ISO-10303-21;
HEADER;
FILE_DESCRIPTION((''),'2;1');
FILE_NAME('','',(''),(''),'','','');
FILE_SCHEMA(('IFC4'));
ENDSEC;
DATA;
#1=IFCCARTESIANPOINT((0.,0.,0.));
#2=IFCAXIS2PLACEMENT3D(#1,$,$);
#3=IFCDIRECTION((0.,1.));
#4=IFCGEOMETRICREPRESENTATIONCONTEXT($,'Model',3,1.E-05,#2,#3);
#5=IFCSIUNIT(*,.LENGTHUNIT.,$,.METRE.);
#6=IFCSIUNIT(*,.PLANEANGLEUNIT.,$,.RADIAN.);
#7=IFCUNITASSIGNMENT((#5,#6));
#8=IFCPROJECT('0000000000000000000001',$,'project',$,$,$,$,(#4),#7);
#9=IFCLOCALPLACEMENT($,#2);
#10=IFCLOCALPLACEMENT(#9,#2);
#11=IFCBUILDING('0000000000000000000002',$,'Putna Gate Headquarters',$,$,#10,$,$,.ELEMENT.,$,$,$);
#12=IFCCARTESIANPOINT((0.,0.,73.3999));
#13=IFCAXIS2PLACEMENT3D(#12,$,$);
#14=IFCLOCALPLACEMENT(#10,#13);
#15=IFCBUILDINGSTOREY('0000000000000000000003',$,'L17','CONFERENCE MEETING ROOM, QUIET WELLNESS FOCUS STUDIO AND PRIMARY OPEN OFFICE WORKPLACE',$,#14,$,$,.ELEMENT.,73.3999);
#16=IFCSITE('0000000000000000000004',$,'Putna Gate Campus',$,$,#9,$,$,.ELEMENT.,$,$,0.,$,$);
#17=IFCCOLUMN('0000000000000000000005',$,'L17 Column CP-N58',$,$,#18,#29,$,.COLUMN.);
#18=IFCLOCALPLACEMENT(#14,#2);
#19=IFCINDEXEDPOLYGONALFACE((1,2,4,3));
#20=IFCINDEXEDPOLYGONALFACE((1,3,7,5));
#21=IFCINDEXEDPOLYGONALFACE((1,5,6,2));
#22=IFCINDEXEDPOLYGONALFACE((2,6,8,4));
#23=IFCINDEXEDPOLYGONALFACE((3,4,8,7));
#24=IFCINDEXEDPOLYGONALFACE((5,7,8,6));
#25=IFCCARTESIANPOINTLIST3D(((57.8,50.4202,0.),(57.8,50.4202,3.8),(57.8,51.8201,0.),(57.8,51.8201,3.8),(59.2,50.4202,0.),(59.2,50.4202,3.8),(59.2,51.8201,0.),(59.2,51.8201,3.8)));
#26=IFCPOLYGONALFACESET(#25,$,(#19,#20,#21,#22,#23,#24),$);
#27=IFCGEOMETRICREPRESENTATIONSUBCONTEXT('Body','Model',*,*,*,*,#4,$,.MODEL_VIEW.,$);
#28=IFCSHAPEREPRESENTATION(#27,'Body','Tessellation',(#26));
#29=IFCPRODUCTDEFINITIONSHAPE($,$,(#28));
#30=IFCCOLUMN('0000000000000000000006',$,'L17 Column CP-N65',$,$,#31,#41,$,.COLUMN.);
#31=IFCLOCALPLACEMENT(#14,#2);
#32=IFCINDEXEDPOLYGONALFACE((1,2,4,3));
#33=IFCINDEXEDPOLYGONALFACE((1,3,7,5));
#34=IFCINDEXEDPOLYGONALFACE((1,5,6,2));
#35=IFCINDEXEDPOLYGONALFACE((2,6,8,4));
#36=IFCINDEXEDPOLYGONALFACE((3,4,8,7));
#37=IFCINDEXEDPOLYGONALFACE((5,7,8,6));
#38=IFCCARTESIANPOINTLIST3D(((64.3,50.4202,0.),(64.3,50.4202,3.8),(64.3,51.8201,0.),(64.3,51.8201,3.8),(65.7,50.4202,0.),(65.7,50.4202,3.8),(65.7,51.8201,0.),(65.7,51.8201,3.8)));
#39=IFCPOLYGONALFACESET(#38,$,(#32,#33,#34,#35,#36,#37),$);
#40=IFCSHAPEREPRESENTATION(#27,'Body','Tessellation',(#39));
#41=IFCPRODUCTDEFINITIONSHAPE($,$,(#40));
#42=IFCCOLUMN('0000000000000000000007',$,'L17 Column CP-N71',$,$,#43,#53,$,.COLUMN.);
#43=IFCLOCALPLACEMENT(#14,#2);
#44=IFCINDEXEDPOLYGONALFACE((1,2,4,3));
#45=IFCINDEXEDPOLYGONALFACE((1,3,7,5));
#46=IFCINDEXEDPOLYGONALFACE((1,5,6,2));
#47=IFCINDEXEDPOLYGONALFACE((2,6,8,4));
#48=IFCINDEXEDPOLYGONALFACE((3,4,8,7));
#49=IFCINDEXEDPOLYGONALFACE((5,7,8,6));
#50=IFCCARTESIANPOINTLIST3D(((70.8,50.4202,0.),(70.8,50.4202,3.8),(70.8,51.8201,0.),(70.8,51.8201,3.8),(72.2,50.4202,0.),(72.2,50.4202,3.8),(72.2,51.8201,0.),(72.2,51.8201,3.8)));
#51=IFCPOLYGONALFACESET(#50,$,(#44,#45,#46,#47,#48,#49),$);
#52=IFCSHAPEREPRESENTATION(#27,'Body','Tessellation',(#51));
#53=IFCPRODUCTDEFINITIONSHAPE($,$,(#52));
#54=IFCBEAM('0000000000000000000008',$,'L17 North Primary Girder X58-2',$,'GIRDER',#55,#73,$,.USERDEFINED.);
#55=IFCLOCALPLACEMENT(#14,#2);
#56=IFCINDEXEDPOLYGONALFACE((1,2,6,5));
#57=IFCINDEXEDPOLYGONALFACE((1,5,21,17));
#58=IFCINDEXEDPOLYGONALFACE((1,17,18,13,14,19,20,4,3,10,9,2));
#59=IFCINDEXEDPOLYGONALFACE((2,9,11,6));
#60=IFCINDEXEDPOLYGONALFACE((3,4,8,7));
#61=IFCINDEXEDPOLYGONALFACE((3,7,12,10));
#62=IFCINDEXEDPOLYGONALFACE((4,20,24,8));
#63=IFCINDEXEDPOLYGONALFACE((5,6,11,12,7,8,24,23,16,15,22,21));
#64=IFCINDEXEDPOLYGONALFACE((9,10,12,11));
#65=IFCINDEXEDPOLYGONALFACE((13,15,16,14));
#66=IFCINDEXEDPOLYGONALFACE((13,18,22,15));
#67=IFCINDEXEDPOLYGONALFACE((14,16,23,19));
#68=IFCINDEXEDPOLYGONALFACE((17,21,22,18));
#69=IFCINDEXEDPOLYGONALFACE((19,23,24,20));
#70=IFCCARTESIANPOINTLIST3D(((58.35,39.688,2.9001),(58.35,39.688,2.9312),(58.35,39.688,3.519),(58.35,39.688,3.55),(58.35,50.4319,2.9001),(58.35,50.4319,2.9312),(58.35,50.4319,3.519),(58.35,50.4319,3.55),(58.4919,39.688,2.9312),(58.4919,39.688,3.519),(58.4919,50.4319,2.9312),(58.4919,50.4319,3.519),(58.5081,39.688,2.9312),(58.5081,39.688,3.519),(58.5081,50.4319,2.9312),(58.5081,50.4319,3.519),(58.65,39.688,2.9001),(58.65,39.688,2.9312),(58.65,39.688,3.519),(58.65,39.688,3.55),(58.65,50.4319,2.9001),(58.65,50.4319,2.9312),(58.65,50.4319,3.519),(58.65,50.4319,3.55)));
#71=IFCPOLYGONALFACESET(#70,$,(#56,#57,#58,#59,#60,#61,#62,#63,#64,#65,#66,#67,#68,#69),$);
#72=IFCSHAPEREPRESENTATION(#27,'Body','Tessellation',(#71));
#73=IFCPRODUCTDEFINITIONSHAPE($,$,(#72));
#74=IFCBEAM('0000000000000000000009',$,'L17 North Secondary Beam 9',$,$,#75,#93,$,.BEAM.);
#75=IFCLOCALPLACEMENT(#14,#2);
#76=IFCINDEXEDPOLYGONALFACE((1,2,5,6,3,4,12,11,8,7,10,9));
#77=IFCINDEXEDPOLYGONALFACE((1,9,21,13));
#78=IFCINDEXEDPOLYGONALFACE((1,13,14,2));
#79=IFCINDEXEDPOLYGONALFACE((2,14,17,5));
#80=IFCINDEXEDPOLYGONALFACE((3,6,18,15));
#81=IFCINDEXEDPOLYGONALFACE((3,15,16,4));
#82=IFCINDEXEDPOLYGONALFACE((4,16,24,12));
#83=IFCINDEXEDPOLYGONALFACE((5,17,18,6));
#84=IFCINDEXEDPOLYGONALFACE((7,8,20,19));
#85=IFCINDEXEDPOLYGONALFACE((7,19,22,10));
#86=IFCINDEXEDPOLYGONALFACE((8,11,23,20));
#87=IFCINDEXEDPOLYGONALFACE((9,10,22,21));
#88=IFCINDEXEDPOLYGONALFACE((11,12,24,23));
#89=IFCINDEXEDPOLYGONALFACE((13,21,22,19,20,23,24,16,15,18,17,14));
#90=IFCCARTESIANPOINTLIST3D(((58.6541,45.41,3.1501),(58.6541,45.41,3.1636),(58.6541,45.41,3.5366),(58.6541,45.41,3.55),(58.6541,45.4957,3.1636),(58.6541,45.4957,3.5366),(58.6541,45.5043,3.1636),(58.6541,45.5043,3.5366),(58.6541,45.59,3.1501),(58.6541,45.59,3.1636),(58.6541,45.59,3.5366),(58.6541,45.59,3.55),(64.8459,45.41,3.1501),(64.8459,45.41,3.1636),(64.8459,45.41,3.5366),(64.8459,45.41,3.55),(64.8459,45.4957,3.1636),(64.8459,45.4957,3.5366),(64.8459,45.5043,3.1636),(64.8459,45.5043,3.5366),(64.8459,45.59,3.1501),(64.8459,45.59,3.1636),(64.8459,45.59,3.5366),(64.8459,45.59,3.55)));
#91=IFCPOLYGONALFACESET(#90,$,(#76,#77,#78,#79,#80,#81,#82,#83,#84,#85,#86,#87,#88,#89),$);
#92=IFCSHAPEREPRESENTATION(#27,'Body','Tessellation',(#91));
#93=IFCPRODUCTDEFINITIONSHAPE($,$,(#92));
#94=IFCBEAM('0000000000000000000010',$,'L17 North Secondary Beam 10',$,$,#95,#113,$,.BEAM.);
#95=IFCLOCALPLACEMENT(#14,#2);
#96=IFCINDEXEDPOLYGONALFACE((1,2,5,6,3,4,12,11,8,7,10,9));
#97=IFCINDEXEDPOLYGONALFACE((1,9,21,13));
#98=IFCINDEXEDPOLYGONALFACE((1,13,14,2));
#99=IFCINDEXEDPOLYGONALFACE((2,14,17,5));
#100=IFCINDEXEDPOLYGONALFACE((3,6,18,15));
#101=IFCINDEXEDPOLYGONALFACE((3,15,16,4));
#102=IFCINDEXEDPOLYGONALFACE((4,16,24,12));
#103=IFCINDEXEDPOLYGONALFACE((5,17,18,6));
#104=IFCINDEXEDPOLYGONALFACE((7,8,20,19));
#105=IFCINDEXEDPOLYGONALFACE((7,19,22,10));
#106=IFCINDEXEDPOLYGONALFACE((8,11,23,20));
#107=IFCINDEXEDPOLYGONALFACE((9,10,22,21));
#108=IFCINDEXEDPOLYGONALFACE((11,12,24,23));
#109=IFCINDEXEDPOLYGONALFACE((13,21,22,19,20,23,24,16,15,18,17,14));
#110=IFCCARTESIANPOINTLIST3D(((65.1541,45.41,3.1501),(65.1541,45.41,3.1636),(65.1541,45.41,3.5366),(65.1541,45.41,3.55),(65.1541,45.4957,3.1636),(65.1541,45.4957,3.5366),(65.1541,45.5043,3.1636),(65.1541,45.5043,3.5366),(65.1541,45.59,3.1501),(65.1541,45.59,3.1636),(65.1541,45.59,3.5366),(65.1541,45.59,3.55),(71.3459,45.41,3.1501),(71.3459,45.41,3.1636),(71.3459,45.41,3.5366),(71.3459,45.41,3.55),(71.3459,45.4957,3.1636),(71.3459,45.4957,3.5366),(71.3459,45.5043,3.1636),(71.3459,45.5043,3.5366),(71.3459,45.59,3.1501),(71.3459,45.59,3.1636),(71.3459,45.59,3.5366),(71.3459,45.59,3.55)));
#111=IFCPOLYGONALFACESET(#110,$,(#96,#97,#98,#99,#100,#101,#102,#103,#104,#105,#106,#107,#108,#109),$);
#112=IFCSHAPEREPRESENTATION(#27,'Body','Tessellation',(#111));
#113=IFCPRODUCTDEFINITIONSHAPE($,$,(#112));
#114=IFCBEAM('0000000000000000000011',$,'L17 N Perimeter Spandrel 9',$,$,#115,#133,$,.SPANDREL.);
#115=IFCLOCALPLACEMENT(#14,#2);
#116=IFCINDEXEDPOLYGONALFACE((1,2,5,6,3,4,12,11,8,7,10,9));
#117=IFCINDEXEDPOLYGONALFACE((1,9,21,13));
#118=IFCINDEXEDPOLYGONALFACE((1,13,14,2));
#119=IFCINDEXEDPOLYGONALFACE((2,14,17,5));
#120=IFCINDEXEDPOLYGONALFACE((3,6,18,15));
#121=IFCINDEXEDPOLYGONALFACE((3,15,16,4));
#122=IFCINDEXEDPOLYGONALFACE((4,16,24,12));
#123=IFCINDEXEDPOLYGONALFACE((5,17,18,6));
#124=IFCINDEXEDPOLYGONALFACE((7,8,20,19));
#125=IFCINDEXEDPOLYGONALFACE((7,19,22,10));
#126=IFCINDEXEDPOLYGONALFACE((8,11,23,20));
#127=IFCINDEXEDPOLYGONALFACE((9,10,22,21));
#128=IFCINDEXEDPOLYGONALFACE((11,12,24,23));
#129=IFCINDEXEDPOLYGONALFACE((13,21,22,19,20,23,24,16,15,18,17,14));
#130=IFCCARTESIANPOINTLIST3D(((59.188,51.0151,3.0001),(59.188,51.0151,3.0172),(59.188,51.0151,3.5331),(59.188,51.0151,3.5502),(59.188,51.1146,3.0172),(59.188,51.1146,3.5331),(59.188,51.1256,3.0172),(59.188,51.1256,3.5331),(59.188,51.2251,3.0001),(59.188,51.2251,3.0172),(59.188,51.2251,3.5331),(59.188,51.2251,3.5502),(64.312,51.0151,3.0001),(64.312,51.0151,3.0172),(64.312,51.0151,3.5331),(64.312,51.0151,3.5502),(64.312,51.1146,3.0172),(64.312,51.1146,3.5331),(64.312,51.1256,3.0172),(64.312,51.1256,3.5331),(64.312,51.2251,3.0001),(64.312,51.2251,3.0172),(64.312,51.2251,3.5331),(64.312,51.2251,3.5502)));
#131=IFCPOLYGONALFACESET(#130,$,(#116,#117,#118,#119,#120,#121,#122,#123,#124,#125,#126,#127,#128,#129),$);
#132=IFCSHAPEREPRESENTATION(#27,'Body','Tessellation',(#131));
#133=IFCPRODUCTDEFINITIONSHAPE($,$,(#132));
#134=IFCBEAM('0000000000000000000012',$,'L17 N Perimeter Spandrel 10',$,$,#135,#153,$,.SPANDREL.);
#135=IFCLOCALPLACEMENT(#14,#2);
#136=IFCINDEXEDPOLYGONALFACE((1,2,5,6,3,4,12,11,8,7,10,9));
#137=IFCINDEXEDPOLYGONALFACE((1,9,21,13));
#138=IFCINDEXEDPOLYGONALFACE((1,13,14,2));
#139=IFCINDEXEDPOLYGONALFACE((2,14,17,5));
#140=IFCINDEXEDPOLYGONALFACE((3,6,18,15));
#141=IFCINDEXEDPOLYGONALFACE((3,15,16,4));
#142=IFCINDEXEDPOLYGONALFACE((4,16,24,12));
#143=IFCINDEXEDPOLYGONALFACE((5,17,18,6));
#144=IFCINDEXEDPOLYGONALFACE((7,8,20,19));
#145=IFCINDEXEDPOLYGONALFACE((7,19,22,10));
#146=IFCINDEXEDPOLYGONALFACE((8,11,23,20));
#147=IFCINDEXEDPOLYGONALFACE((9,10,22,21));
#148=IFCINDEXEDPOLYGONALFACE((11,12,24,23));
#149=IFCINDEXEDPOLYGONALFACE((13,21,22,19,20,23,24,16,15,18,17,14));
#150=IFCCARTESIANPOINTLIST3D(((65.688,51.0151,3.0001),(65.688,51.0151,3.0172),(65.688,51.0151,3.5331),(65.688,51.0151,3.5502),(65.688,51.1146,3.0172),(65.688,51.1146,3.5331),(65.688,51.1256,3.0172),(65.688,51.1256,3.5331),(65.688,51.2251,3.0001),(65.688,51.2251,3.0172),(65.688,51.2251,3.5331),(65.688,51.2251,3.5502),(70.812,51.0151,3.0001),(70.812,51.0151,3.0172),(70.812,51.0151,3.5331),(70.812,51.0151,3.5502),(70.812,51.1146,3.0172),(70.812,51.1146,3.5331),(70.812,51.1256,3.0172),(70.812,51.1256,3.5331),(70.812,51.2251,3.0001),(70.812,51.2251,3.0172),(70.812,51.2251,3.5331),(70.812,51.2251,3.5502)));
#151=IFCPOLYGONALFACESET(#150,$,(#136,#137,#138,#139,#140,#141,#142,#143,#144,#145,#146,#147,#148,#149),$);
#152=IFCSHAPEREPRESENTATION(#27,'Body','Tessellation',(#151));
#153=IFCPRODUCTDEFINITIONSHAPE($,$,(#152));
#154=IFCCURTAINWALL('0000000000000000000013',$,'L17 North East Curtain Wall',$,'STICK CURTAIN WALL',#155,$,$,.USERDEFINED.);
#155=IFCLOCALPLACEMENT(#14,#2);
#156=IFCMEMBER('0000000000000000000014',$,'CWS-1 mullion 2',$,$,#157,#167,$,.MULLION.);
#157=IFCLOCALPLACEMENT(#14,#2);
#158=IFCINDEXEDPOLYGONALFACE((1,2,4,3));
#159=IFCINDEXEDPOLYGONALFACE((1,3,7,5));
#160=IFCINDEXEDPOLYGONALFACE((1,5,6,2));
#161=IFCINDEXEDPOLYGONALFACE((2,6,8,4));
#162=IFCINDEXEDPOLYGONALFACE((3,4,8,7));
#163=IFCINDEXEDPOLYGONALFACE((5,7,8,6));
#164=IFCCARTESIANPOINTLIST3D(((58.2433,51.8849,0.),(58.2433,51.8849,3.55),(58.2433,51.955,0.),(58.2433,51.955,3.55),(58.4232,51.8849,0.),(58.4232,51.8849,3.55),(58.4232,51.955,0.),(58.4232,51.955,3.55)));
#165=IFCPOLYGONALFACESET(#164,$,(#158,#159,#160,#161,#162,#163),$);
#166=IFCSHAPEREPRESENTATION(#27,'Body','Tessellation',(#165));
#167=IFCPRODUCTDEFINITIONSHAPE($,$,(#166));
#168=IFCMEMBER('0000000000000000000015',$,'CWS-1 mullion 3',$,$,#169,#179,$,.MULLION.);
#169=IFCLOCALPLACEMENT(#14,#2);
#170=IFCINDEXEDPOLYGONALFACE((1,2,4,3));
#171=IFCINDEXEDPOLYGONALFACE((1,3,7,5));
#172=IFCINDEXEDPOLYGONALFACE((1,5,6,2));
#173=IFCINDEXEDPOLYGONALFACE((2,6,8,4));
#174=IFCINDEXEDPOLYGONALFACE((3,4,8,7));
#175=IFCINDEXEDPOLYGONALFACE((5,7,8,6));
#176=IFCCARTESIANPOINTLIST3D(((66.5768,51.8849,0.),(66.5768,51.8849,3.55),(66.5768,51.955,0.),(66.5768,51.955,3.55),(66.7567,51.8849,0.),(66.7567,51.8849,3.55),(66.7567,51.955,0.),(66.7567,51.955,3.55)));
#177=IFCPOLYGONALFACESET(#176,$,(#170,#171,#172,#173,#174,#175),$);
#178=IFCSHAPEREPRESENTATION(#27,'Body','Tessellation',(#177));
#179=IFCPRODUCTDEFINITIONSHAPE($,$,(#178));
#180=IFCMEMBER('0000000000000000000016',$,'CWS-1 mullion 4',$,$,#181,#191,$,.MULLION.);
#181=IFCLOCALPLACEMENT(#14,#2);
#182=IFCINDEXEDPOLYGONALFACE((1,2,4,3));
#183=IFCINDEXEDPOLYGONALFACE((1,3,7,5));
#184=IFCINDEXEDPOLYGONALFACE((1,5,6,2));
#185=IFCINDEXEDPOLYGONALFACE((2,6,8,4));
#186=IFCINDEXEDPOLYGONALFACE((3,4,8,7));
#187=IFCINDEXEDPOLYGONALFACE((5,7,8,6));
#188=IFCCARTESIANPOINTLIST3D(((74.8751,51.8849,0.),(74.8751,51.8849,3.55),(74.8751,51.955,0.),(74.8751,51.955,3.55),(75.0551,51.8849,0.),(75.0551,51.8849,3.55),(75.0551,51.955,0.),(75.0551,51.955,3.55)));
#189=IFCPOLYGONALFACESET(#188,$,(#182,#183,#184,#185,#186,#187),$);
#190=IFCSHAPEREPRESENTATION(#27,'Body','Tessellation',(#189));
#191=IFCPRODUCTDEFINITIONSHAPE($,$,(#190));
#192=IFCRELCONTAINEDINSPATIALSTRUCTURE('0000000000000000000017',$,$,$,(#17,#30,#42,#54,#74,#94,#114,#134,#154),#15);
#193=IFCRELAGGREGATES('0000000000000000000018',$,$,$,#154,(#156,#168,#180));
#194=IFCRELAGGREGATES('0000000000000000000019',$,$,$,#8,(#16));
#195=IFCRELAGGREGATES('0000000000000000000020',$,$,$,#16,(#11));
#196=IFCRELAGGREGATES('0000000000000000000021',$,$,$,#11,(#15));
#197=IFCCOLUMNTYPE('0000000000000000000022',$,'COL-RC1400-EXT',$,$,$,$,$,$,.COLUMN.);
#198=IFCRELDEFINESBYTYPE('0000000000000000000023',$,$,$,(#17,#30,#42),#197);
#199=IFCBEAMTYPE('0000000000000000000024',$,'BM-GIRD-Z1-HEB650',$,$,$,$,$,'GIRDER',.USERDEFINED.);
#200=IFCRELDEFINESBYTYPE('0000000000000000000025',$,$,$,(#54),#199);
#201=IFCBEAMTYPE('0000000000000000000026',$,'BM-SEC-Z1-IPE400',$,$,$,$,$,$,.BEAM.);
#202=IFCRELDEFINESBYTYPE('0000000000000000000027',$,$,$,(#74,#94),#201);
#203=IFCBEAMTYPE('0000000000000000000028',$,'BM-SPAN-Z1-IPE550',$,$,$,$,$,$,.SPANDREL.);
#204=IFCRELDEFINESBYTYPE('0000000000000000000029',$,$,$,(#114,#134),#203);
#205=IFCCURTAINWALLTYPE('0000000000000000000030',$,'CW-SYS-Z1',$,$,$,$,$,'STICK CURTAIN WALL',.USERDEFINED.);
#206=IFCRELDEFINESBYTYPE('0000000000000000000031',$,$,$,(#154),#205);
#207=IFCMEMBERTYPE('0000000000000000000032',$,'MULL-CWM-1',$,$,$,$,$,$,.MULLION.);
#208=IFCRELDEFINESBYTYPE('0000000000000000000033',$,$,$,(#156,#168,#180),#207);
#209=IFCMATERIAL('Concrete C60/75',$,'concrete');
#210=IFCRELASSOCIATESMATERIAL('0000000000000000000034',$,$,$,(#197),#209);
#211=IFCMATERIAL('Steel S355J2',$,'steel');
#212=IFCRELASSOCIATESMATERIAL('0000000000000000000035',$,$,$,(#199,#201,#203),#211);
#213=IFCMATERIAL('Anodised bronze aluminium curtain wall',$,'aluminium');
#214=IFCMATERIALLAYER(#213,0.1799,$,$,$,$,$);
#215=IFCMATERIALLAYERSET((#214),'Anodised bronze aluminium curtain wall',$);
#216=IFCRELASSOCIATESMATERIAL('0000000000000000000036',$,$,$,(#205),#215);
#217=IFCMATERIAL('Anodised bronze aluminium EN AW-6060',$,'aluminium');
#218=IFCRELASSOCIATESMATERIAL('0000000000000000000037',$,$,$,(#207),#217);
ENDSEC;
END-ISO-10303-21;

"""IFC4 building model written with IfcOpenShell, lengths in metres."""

from ifc_helpers import new_model, si_unit, direction, frame, origin, origin_2d, place, context, subcontext, project, spatial, rectangle, i_section, extrude, material, layer, layer_set, material_profile, profile_set, type_object, element, aggregate, save


model = new_model("IFC4")

# Units and contexts
model_context = context("Model", 3, precision=1e-05, world=origin(), true_north=direction((0.0, 1.0)))
body_context = subcontext(model_context, "Body", "Model", "MODEL_VIEW")
ifc_project = project(units=[si_unit("LENGTHUNIT", "METRE"), si_unit("PLANEANGLEUNIT", "RADIAN")], contexts=[model_context])

# Site, building, storey
site_placement = place(None, origin())
site = spatial("IfcSite", under=ifc_project, at=site_placement, Name="Putna Gate Campus", CompositionType="ELEMENT", RefElevation=0.0)
building_placement = place(site_placement, origin())
building = spatial("IfcBuilding", under=site, at=building_placement, Name="Putna Gate Headquarters", CompositionType="ELEMENT")
storey_placement = place(building_placement, frame((0.0, 0.0, 73.3999)))
storey = spatial("IfcBuildingStorey", under=building, at=storey_placement, Name="L17", Description="CONFERENCE MEETING ROOM, QUIET WELLNESS FOCUS STUDIO AND PRIMARY OPEN OFFICE WORKPLACE", CompositionType="ELEMENT", Elevation=73.3999)

# Columns
ifc_material_1 = material(Name="Concrete C60/75", Category="concrete")
ifc_material_profile_1 = material_profile(ifc_material_1, rectangle(XDim=1.3999, YDim=1.3999, at=origin_2d()), Name="Concrete C60/75")
ifc_profile_set_1 = profile_set([ifc_material_profile_1], Name="Concrete C60/75")
column_type = type_object("IfcColumnType", Name="COL-RC1400-EXT", PredefinedType="COLUMN", material=ifc_profile_set_1)
for number, where, z_axis, x_axis, name in (
    (1, (58.5, 51.1201, 0.0), (0.0, 0.0, 1.0), (1.0, 0.0, 0.0), "L17 Column CP-N58"),
    (2, (65.0, 51.1201, 0.0), (0.0, 0.0, 1.0), (1.0, 0.0, 0.0), "L17 Column CP-N65"),
    (3, (71.5, 51.1201, 0.0), (0.0, 0.0, 1.0), (1.0, 0.0, 0.0), "L17 Column CP-N71"),
):
    element("IfcColumn", number, at=place(storey_placement, frame(where, z_axis=z_axis, x_axis=x_axis)), inside=storey, type_object=column_type, Name=name, PredefinedType="COLUMN", context=body_context, shape_type="SweptSolid", body=[
        extrude(rectangle(XDim=1.3999, YDim=1.3999, at=origin_2d()), origin(), (0.0, 0.0, 1.0), 3.8),
    ])

# Beams
ifc_material_2 = material(Name="Steel S355J2", Category="steel")
ifc_material_profile_2 = material_profile(ifc_material_2, i_section(OverallWidth=0.3, OverallDepth=0.6499, WebThickness=0.0161, FlangeThickness=0.031, at=origin_2d()), Name="Steel S355J2")
ifc_profile_set_2 = profile_set([ifc_material_profile_2], Name="Steel S355J2")
beam_type_1 = type_object("IfcBeamType", Name="BM-GIRD-Z1-HEB650", ElementType="GIRDER", PredefinedType="USERDEFINED", material=ifc_profile_set_2)
beam_placement = place(storey_placement, frame((58.5, 39.688, 3.2251), z_axis=(0.0, 1.0, 0.0), x_axis=(-1.0, 0.0, 0.0)))
element("IfcBeam", 4, at=beam_placement, inside=storey, type_object=beam_type_1, Name="L17 North Primary Girder X58-2", ObjectType="GIRDER", PredefinedType="USERDEFINED", context=body_context, shape_type="SweptSolid", body=[
    extrude(i_section(OverallWidth=0.3, OverallDepth=0.6499, WebThickness=0.0161, FlangeThickness=0.031, at=origin_2d()), origin(), (0.0, 0.0, 1.0), 10.7439),
])
ifc_material_profile_3 = material_profile(ifc_material_2, i_section(OverallWidth=0.1799, OverallDepth=0.3999, WebThickness=0.0085, FlangeThickness=0.0134, at=origin_2d()), Name="Steel S355J2")
ifc_profile_set_3 = profile_set([ifc_material_profile_3], Name="Steel S355J2")
beam_type_2 = type_object("IfcBeamType", Name="BM-SEC-Z1-IPE400", PredefinedType="BEAM", material=ifc_profile_set_3)
for number, where, z_axis, x_axis, name in (
    (5, (58.6541, 45.5, 3.3501), (1.0, 0.0, 0.0), (0.0, 1.0, 0.0), "L17 North Secondary Beam 9"),
    (6, (65.1541, 45.5, 3.3501), (1.0, 0.0, 0.0), (0.0, 1.0, 0.0), "L17 North Secondary Beam 10"),
):
    element("IfcBeam", number, at=place(storey_placement, frame(where, z_axis=z_axis, x_axis=x_axis)), inside=storey, type_object=beam_type_2, Name=name, PredefinedType="BEAM", context=body_context, shape_type="SweptSolid", body=[
        extrude(i_section(OverallWidth=0.1799, OverallDepth=0.3999, WebThickness=0.0085, FlangeThickness=0.0134, at=origin_2d()), origin(), (0.0, 0.0, 1.0), 6.1919),
    ])
ifc_material_profile_4 = material_profile(ifc_material_2, i_section(OverallWidth=0.21, OverallDepth=0.55, WebThickness=0.011, FlangeThickness=0.0171, at=origin_2d()), Name="Steel S355J2")
ifc_profile_set_4 = profile_set([ifc_material_profile_4], Name="Steel S355J2")
beam_type_3 = type_object("IfcBeamType", Name="BM-SPAN-Z1-IPE550", PredefinedType="SPANDREL", material=ifc_profile_set_4)
for number, where, z_axis, x_axis, name in (
    (7, (59.188, 51.1201, 3.2751), (1.0, 0.0, 0.0), (0.0, 1.0, 0.0), "L17 N Perimeter Spandrel 9"),
    (8, (65.688, 51.1201, 3.2751), (1.0, 0.0, 0.0), (0.0, 1.0, 0.0), "L17 N Perimeter Spandrel 10"),
):
    element("IfcBeam", number, at=place(storey_placement, frame(where, z_axis=z_axis, x_axis=x_axis)), inside=storey, type_object=beam_type_3, Name=name, PredefinedType="SPANDREL", context=body_context, shape_type="SweptSolid", body=[
        extrude(i_section(OverallWidth=0.21, OverallDepth=0.55, WebThickness=0.011, FlangeThickness=0.0171, at=origin_2d()), origin(), (0.0, 0.0, 1.0), 5.124),
    ])

# Curtain wall, members
ifc_material_3 = material(Name="Anodised bronze aluminium curtain wall", Category="aluminium")
ifc_layer_1 = layer(ifc_material_3, 0.1799)
ifc_layer_set_1 = layer_set([ifc_layer_1], Name="Anodised bronze aluminium curtain wall")
curtain_wall_type = type_object("IfcCurtainWallType", Name="CW-SYS-Z1", ElementType="STICK CURTAIN WALL", PredefinedType="USERDEFINED", material=ifc_layer_set_1)
curtain_wall_1_placement = place(storey_placement, origin())
curtain_wall_1 = element("IfcCurtainWall", 9, at=curtain_wall_1_placement, inside=storey, type_object=curtain_wall_type, Name="L17 North East Curtain Wall", ObjectType="STICK CURTAIN WALL", PredefinedType="USERDEFINED")
ifc_material_4 = material(Name="Anodised bronze aluminium EN AW-6060", Category="aluminium")
ifc_material_profile_5 = material_profile(ifc_material_4, rectangle(XDim=0.0701, YDim=0.1799, at=origin_2d()), Name="Anodised bronze aluminium EN AW-6060")
ifc_profile_set_5 = profile_set([ifc_material_profile_5], Name="Anodised bronze aluminium EN AW-6060")
member_type_1 = type_object("IfcMemberType", Name="MULL-CWM-1", PredefinedType="MULLION", material=ifc_profile_set_5)
member_1_placement = place(storey_placement, frame((58.3333, 51.9199, 0.0), z_axis=(0.0, 0.0, 1.0), x_axis=(0.0, 1.0, 0.0)))
member_1 = element("IfcMember", 10, at=member_1_placement, type_object=member_type_1, Name="CWS-1 mullion 2", PredefinedType="MULLION", context=body_context, shape_type="SweptSolid", body=[
    extrude(rectangle(XDim=0.0701, YDim=0.1799, at=origin_2d()), origin(), (0.0, 0.0, 1.0), 3.55),
])
member_2_placement = place(storey_placement, frame((66.6667, 51.9199, 0.0), z_axis=(0.0, 0.0, 1.0), x_axis=(0.0, 1.0, 0.0)))
member_2 = element("IfcMember", 11, at=member_2_placement, type_object=member_type_1, Name="CWS-1 mullion 3", PredefinedType="MULLION", context=body_context, shape_type="SweptSolid", body=[
    extrude(rectangle(XDim=0.0701, YDim=0.1799, at=origin_2d()), origin(), (0.0, 0.0, 1.0), 3.55),
])
member_3_placement = place(storey_placement, frame((74.9651, 51.9199, 0.0), z_axis=(0.0, 0.0, 1.0), x_axis=(0.0, 1.0, 0.0)))
member_3 = element("IfcMember", 12, at=member_3_placement, type_object=member_type_1, Name="CWS-1 mullion 4", PredefinedType="MULLION", context=body_context, shape_type="SweptSolid", body=[
    extrude(rectangle(XDim=0.0701, YDim=0.1799, at=origin_2d()), origin(), (0.0, 0.0, 1.0), 3.55),
])

aggregate(curtain_wall_1, [member_1, member_2, member_3])

save(model, "model.ifc")
